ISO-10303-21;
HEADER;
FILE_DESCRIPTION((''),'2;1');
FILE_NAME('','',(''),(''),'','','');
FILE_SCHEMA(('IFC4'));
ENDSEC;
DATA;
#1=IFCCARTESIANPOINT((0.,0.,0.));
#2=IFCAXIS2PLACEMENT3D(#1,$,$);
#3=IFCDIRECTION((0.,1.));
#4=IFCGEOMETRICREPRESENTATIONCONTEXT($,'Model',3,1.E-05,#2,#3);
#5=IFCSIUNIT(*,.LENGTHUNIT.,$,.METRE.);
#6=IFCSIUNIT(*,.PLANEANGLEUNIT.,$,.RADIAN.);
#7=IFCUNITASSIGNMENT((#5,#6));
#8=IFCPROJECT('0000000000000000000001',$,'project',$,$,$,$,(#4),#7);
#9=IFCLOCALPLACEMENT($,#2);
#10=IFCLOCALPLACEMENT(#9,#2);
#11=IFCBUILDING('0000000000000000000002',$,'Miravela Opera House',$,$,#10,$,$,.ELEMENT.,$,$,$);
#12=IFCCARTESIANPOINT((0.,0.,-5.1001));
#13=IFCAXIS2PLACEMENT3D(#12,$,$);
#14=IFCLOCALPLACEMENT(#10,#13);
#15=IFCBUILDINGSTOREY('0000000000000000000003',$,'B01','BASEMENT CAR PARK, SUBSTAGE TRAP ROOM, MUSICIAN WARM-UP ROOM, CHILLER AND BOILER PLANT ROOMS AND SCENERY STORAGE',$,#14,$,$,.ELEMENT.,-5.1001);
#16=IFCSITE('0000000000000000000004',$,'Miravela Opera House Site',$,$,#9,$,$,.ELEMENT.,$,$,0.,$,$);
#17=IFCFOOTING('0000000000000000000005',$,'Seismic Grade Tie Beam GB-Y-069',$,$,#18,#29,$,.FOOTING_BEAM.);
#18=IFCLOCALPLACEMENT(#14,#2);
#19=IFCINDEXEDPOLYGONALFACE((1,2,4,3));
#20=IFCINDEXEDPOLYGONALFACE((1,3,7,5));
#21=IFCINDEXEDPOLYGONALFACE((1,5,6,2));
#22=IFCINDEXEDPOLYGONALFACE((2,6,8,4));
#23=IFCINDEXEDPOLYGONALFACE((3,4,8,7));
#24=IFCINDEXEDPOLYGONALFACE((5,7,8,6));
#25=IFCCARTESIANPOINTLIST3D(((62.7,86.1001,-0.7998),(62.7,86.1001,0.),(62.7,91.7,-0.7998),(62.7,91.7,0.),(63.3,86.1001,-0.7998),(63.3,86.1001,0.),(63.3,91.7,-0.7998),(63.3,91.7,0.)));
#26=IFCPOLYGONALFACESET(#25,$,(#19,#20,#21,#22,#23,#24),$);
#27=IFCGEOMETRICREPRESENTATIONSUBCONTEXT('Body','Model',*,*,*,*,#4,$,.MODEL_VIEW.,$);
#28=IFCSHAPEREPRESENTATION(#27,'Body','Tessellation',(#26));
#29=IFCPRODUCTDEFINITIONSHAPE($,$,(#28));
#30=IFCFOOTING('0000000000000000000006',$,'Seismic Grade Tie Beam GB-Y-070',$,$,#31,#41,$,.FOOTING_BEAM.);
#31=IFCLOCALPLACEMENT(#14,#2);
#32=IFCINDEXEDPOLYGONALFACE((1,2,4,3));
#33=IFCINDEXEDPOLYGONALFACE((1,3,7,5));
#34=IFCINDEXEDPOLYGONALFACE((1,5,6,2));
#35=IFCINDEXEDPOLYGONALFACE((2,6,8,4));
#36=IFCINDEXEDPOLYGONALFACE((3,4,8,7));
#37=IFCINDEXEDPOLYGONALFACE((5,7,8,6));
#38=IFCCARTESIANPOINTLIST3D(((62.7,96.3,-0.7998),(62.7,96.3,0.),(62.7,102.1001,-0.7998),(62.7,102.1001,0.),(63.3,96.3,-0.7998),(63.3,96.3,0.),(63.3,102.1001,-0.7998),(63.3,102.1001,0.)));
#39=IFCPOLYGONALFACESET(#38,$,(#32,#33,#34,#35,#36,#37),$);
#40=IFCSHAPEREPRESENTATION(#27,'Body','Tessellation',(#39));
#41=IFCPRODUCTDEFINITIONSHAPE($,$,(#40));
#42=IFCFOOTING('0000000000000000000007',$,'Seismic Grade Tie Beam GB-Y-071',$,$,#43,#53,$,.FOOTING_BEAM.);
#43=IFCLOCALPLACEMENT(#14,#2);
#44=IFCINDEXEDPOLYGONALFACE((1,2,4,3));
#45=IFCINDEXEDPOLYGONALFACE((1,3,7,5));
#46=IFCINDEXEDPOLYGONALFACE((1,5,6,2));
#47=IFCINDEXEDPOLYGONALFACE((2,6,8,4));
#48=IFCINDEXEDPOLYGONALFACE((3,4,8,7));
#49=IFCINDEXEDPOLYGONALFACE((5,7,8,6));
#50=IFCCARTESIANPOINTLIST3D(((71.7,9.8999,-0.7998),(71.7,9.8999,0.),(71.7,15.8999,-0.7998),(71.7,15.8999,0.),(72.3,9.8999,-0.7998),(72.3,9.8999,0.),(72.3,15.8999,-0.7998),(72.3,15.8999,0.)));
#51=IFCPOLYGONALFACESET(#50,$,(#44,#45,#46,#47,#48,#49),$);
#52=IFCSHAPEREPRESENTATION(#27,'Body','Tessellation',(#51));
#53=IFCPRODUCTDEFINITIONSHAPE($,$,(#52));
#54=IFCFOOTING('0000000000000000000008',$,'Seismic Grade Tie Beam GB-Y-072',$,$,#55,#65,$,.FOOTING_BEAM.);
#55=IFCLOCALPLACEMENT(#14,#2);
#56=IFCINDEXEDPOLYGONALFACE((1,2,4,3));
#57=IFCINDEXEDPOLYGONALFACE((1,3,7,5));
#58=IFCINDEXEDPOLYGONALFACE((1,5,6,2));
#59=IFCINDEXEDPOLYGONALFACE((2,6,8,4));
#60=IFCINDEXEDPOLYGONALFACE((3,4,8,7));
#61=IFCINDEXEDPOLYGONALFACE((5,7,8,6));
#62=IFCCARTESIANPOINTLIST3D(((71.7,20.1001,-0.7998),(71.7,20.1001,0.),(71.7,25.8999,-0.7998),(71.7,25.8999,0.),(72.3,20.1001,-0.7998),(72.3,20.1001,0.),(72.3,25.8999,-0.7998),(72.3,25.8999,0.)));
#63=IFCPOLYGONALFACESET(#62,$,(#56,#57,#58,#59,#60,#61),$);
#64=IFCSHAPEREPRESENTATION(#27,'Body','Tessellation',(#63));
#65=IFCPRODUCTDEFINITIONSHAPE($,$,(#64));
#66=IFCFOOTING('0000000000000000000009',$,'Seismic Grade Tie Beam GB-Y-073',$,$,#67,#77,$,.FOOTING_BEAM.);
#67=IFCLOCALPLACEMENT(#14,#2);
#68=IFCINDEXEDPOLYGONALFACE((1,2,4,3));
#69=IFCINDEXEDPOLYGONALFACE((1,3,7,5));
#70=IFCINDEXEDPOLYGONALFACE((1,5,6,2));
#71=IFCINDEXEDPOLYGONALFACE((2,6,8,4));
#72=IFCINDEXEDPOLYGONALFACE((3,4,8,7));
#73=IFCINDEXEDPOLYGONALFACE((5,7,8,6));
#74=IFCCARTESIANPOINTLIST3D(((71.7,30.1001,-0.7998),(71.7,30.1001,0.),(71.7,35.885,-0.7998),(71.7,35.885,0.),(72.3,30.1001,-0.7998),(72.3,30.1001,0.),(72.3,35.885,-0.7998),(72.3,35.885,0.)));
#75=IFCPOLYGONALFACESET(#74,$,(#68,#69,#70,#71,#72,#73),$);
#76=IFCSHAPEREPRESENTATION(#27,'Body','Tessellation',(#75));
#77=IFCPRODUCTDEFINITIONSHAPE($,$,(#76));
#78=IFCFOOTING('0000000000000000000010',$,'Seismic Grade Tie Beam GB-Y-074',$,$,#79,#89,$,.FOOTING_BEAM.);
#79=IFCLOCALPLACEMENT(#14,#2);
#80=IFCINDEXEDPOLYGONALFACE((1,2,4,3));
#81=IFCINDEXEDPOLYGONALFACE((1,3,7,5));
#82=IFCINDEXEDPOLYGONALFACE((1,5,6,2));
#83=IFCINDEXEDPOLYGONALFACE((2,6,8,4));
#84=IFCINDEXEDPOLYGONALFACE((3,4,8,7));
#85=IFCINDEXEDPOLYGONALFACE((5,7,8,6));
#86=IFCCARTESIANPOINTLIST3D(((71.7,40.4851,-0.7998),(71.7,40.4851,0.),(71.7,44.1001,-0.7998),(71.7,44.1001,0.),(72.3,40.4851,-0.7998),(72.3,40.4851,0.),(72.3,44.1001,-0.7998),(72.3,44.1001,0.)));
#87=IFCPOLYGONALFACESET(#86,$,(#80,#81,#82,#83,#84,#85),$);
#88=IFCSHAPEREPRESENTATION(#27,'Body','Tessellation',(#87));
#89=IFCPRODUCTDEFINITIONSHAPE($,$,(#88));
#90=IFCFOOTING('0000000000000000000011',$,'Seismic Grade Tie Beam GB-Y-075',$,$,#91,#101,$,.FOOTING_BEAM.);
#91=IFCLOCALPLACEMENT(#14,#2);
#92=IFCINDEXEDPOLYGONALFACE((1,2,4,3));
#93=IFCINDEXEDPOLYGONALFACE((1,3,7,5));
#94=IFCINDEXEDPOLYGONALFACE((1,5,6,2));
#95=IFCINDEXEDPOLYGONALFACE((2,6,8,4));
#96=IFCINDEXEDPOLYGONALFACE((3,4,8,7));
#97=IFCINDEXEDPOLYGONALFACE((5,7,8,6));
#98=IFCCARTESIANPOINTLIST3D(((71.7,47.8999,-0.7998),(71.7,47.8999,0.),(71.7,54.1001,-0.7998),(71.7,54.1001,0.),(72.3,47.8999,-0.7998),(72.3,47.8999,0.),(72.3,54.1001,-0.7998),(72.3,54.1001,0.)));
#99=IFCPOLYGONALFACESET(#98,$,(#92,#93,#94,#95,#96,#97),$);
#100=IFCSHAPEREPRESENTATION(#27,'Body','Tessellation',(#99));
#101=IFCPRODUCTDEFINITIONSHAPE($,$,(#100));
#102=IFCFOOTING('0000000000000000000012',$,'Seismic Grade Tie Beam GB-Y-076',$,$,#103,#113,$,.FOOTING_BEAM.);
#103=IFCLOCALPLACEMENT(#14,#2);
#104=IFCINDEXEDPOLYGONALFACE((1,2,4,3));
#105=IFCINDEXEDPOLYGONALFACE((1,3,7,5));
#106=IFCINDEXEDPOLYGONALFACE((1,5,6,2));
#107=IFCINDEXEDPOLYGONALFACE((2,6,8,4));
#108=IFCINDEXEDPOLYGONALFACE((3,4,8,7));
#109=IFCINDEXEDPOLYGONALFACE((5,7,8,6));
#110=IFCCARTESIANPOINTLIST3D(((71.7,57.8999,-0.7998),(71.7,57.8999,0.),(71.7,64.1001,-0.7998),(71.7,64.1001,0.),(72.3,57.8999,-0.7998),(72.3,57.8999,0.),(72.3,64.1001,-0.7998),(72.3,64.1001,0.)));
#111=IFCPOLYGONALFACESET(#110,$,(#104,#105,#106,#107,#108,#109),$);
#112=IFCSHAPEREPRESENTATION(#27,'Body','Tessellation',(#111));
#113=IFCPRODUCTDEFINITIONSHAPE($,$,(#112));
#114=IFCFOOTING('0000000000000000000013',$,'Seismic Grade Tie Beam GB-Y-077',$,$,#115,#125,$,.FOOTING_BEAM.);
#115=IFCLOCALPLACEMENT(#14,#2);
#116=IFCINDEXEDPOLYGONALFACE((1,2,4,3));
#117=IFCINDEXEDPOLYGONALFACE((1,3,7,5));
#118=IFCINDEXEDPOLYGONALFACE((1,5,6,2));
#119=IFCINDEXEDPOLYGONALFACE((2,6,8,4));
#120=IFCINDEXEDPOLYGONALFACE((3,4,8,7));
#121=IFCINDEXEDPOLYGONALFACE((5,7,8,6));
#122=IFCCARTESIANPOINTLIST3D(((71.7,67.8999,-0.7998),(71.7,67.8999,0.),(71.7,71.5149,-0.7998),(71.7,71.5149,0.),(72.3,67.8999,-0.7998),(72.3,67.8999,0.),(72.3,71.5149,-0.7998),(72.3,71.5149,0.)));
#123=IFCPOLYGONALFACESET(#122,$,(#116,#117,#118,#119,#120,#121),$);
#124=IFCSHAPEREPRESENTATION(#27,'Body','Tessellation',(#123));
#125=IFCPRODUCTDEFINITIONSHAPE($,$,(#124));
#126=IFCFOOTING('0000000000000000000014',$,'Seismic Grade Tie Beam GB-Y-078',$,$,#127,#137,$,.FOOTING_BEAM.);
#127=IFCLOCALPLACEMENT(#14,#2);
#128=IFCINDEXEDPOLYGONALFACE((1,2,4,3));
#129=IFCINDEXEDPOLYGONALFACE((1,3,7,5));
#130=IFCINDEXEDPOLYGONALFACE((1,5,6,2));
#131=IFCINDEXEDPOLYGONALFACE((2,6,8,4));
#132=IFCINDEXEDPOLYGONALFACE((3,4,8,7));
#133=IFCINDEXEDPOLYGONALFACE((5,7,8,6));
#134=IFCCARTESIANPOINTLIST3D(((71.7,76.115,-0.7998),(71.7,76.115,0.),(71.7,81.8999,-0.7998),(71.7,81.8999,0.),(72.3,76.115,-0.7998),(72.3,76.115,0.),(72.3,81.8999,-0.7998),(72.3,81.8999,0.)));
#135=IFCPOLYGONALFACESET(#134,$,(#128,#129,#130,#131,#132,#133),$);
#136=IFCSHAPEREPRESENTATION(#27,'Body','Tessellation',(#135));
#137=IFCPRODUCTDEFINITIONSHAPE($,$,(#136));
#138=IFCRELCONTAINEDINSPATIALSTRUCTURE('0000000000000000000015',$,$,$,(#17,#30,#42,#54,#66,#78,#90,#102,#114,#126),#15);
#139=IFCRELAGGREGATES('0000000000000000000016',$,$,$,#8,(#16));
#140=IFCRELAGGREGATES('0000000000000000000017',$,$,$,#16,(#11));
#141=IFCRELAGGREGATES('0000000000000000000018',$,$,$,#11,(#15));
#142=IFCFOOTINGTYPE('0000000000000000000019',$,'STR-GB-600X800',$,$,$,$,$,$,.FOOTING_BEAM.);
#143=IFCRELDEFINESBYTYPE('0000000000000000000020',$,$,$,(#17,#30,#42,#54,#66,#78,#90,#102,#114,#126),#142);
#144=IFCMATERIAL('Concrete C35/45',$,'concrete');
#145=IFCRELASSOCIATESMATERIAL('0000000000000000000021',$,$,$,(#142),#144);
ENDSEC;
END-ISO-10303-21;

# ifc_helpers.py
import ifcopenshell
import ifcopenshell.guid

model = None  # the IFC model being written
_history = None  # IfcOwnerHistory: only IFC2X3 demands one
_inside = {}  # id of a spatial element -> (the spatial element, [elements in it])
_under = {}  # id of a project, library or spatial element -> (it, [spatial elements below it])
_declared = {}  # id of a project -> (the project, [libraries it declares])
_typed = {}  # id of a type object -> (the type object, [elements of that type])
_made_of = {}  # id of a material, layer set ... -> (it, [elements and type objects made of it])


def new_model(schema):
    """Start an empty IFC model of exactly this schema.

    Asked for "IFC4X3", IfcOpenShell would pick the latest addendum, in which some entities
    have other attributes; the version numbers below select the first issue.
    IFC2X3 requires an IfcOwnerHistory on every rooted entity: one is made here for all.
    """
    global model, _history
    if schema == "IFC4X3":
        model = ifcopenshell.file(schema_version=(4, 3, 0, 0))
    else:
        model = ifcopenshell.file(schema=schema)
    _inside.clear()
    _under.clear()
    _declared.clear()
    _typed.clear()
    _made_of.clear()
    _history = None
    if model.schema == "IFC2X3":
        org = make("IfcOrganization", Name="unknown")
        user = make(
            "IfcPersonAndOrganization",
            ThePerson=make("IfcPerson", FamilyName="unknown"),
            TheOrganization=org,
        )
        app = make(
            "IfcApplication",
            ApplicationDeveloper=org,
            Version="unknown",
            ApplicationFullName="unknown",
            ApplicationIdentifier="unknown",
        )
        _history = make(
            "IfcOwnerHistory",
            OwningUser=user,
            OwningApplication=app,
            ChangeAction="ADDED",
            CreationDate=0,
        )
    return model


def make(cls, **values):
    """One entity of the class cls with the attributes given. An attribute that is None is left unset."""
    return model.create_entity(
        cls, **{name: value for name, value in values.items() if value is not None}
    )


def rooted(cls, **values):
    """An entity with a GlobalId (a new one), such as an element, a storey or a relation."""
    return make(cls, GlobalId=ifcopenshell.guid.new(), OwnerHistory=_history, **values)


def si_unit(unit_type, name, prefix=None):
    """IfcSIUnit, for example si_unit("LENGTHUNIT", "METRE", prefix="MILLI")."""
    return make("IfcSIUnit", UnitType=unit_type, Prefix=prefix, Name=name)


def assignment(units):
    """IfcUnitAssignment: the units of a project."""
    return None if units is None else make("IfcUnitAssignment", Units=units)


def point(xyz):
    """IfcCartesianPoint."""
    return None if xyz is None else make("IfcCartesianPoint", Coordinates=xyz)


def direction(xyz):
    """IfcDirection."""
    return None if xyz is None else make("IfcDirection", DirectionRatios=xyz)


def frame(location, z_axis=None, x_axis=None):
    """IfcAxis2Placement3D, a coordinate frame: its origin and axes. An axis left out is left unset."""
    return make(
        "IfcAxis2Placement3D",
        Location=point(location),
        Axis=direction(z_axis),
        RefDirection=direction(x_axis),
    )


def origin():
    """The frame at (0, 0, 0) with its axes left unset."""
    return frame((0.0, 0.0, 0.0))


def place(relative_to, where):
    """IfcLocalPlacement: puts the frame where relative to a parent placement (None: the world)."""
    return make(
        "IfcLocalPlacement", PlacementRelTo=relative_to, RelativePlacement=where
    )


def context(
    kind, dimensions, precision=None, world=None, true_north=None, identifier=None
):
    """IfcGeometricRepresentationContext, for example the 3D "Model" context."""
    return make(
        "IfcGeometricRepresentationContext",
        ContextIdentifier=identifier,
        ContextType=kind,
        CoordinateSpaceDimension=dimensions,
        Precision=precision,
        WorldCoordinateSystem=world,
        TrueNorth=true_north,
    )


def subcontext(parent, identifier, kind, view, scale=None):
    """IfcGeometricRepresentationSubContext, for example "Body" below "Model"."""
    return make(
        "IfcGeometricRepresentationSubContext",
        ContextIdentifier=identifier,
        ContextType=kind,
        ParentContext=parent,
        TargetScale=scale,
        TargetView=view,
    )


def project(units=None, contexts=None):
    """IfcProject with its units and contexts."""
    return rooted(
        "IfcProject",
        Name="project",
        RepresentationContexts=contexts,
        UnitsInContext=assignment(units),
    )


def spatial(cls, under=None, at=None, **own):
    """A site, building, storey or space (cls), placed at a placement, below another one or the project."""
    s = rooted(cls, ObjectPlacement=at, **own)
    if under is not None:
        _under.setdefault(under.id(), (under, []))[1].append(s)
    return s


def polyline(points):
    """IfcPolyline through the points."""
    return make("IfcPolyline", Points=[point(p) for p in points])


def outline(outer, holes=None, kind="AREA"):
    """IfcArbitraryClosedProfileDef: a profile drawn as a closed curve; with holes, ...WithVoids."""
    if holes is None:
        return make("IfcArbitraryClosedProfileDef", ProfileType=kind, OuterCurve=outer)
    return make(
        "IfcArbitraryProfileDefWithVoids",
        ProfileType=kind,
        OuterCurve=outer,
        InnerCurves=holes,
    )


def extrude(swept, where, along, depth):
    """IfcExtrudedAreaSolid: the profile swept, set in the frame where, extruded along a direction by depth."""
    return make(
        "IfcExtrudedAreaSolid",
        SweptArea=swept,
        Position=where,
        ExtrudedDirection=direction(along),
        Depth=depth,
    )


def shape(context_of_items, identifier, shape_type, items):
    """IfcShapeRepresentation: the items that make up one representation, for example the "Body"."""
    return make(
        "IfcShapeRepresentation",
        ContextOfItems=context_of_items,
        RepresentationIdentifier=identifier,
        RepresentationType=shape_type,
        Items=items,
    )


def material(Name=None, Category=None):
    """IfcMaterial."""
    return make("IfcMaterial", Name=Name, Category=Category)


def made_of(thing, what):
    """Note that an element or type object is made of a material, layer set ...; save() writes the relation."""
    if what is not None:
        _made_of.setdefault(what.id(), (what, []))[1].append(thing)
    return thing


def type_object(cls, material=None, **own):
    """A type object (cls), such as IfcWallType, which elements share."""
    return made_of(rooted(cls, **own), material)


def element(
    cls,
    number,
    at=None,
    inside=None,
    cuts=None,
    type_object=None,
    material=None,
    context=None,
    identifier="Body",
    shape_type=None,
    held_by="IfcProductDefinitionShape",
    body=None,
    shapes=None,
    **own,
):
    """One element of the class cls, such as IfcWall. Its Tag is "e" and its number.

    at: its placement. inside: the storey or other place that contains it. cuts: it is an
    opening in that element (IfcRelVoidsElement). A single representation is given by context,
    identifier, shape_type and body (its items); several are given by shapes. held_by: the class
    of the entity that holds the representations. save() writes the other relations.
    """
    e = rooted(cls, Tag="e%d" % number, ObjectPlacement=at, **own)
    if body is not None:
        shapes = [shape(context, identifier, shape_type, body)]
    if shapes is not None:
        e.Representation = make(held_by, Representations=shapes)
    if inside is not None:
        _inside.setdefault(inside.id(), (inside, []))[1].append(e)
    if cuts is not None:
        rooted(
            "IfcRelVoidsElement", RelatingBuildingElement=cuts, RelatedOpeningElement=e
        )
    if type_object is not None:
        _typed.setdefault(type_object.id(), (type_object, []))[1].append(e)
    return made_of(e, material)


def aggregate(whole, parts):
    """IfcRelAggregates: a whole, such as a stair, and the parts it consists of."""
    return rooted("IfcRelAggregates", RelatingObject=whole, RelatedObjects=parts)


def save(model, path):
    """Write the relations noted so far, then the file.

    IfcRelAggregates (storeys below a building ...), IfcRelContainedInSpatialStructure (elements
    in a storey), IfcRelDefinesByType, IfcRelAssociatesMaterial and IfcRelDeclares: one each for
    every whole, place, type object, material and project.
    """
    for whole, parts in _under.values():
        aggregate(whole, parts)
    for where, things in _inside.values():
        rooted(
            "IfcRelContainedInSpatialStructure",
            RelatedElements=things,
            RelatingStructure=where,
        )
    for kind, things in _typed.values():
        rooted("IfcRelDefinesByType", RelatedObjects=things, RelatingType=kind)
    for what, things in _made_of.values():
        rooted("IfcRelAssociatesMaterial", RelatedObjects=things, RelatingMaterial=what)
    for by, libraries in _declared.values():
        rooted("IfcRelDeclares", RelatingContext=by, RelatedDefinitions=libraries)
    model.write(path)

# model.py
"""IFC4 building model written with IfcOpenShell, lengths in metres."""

from ifc_helpers import new_model, si_unit, direction, frame, origin, place, context, subcontext, project, spatial, polyline, outline, extrude, material, type_object, element, save


model = new_model("IFC4")

# Units and contexts
model_context = context("Model", 3, precision=1e-05, world=origin(), true_north=direction((0.0, 1.0)))
body_context = subcontext(model_context, "Body", "Model", "MODEL_VIEW")
ifc_project = project(units=[si_unit("LENGTHUNIT", "METRE"), si_unit("PLANEANGLEUNIT", "RADIAN")], contexts=[model_context])

# Site, building, storey
site_placement = place(None, origin())
site = spatial("IfcSite", under=ifc_project, at=site_placement, Name="Miravela Opera House Site", CompositionType="ELEMENT", RefElevation=0.0)
building_placement = place(site_placement, origin())
building = spatial("IfcBuilding", under=site, at=building_placement, Name="Miravela Opera House", CompositionType="ELEMENT")
storey_placement = place(building_placement, frame((0.0, 0.0, -5.1001)))
storey = spatial("IfcBuildingStorey", under=building, at=storey_placement, Name="B01", Description="BASEMENT CAR PARK, SUBSTAGE TRAP ROOM, MUSICIAN WARM-UP ROOM, CHILLER AND BOILER PLANT ROOMS AND SCENERY STORAGE", CompositionType="ELEMENT", Elevation=-5.1001)

# Footings
ifc_material = material(Name="Concrete C35/45", Category="concrete")
footing_type = type_object("IfcFootingType", Name="STR-GB-600X800", PredefinedType="FOOTING_BEAM", material=ifc_material)
footing_1_placement = place(storey_placement, frame((0.0, 0.0, -0.7998)))
element("IfcFooting", 1, at=footing_1_placement, inside=storey, type_object=footing_type, Name="Seismic Grade Tie Beam GB-Y-069", PredefinedType="FOOTING_BEAM", context=body_context, shape_type="SweptSolid", body=[
    extrude(outline(polyline([(62.7, 86.1001), (63.3, 86.1001), (63.3, 91.7), (62.7, 91.7), (62.7, 86.1001)])), origin(), (0.0, 0.0, 1.0), 0.7998),
])
footing_2_placement = place(storey_placement, frame((0.0, 0.0, -0.7998)))
element("IfcFooting", 2, at=footing_2_placement, inside=storey, type_object=footing_type, Name="Seismic Grade Tie Beam GB-Y-070", PredefinedType="FOOTING_BEAM", context=body_context, shape_type="SweptSolid", body=[
    extrude(outline(polyline([(62.7, 96.3), (63.3, 96.3), (63.3, 102.1001), (62.7, 102.1001), (62.7, 96.3)])), origin(), (0.0, 0.0, 1.0), 0.7998),
])
footing_3_placement = place(storey_placement, frame((0.0, 0.0, -0.7998)))
element("IfcFooting", 3, at=footing_3_placement, inside=storey, type_object=footing_type, Name="Seismic Grade Tie Beam GB-Y-071", PredefinedType="FOOTING_BEAM", context=body_context, shape_type="SweptSolid", body=[
    extrude(outline(polyline([(71.7, 9.8999), (72.3, 9.8999), (72.3, 15.8999), (71.7, 15.8999), (71.7, 9.8999)])), origin(), (0.0, 0.0, 1.0), 0.7998),
])
footing_4_placement = place(storey_placement, frame((0.0, 0.0, -0.7998)))
element("IfcFooting", 4, at=footing_4_placement, inside=storey, type_object=footing_type, Name="Seismic Grade Tie Beam GB-Y-072", PredefinedType="FOOTING_BEAM", context=body_context, shape_type="SweptSolid", body=[
    extrude(outline(polyline([(71.7, 20.1001), (72.3, 20.1001), (72.3, 25.8999), (71.7, 25.8999), (71.7, 20.1001)])), origin(), (0.0, 0.0, 1.0), 0.7998),
])
footing_5_placement = place(storey_placement, frame((0.0, 0.0, -0.7998)))
element("IfcFooting", 5, at=footing_5_placement, inside=storey, type_object=footing_type, Name="Seismic Grade Tie Beam GB-Y-073", PredefinedType="FOOTING_BEAM", context=body_context, shape_type="SweptSolid", body=[
    extrude(outline(polyline([(71.7, 30.1001), (72.3, 30.1001), (72.3, 35.885), (71.7, 35.885), (71.7, 30.1001)])), origin(), (0.0, 0.0, 1.0), 0.7998),
])
footing_6_placement = place(storey_placement, frame((0.0, 0.0, -0.7998)))
element("IfcFooting", 6, at=footing_6_placement, inside=storey, type_object=footing_type, Name="Seismic Grade Tie Beam GB-Y-074", PredefinedType="FOOTING_BEAM", context=body_context, shape_type="SweptSolid", body=[
    extrude(outline(polyline([(71.7, 40.4851), (72.3, 40.4851), (72.3, 44.1001), (71.7, 44.1001), (71.7, 40.4851)])), origin(), (0.0, 0.0, 1.0), 0.7998),
])
footing_7_placement = place(storey_placement, frame((0.0, 0.0, -0.7998)))
element("IfcFooting", 7, at=footing_7_placement, inside=storey, type_object=footing_type, Name="Seismic Grade Tie Beam GB-Y-075", PredefinedType="FOOTING_BEAM", context=body_context, shape_type="SweptSolid", body=[
    extrude(outline(polyline([(71.7, 47.8999), (72.3, 47.8999), (72.3, 54.1001), (71.7, 54.1001), (71.7, 47.8999)])), origin(), (0.0, 0.0, 1.0), 0.7998),
])
footing_8_placement = place(storey_placement, frame((0.0, 0.0, -0.7998)))
element("IfcFooting", 8, at=footing_8_placement, inside=storey, type_object=footing_type, Name="Seismic Grade Tie Beam GB-Y-076", PredefinedType="FOOTING_BEAM", context=body_context, shape_type="SweptSolid", body=[
    extrude(outline(polyline([(71.7, 57.8999), (72.3, 57.8999), (72.3, 64.1001), (71.7, 64.1001), (71.7, 57.8999)])), origin(), (0.0, 0.0, 1.0), 0.7998),
])
footing_9_placement = place(storey_placement, frame((0.0, 0.0, -0.7998)))
element("IfcFooting", 9, at=footing_9_placement, inside=storey, type_object=footing_type, Name="Seismic Grade Tie Beam GB-Y-077", PredefinedType="FOOTING_BEAM", context=body_context, shape_type="SweptSolid", body=[
    extrude(outline(polyline([(71.7, 67.8999), (72.3, 67.8999), (72.3, 71.5149), (71.7, 71.5149), (71.7, 67.8999)])), origin(), (0.0, 0.0, 1.0), 0.7998),
])
footing_10_placement = place(storey_placement, frame((0.0, 0.0, -0.7998)))
element("IfcFooting", 10, at=footing_10_placement, inside=storey, type_object=footing_type, Name="Seismic Grade Tie Beam GB-Y-078", PredefinedType="FOOTING_BEAM", context=body_context, shape_type="SweptSolid", body=[
    extrude(outline(polyline([(71.7, 76.115), (72.3, 76.115), (72.3, 81.8999), (71.7, 81.8999), (71.7, 76.115)])), origin(), (0.0, 0.0, 1.0), 0.7998),
])

save(model, "model.ifc")
